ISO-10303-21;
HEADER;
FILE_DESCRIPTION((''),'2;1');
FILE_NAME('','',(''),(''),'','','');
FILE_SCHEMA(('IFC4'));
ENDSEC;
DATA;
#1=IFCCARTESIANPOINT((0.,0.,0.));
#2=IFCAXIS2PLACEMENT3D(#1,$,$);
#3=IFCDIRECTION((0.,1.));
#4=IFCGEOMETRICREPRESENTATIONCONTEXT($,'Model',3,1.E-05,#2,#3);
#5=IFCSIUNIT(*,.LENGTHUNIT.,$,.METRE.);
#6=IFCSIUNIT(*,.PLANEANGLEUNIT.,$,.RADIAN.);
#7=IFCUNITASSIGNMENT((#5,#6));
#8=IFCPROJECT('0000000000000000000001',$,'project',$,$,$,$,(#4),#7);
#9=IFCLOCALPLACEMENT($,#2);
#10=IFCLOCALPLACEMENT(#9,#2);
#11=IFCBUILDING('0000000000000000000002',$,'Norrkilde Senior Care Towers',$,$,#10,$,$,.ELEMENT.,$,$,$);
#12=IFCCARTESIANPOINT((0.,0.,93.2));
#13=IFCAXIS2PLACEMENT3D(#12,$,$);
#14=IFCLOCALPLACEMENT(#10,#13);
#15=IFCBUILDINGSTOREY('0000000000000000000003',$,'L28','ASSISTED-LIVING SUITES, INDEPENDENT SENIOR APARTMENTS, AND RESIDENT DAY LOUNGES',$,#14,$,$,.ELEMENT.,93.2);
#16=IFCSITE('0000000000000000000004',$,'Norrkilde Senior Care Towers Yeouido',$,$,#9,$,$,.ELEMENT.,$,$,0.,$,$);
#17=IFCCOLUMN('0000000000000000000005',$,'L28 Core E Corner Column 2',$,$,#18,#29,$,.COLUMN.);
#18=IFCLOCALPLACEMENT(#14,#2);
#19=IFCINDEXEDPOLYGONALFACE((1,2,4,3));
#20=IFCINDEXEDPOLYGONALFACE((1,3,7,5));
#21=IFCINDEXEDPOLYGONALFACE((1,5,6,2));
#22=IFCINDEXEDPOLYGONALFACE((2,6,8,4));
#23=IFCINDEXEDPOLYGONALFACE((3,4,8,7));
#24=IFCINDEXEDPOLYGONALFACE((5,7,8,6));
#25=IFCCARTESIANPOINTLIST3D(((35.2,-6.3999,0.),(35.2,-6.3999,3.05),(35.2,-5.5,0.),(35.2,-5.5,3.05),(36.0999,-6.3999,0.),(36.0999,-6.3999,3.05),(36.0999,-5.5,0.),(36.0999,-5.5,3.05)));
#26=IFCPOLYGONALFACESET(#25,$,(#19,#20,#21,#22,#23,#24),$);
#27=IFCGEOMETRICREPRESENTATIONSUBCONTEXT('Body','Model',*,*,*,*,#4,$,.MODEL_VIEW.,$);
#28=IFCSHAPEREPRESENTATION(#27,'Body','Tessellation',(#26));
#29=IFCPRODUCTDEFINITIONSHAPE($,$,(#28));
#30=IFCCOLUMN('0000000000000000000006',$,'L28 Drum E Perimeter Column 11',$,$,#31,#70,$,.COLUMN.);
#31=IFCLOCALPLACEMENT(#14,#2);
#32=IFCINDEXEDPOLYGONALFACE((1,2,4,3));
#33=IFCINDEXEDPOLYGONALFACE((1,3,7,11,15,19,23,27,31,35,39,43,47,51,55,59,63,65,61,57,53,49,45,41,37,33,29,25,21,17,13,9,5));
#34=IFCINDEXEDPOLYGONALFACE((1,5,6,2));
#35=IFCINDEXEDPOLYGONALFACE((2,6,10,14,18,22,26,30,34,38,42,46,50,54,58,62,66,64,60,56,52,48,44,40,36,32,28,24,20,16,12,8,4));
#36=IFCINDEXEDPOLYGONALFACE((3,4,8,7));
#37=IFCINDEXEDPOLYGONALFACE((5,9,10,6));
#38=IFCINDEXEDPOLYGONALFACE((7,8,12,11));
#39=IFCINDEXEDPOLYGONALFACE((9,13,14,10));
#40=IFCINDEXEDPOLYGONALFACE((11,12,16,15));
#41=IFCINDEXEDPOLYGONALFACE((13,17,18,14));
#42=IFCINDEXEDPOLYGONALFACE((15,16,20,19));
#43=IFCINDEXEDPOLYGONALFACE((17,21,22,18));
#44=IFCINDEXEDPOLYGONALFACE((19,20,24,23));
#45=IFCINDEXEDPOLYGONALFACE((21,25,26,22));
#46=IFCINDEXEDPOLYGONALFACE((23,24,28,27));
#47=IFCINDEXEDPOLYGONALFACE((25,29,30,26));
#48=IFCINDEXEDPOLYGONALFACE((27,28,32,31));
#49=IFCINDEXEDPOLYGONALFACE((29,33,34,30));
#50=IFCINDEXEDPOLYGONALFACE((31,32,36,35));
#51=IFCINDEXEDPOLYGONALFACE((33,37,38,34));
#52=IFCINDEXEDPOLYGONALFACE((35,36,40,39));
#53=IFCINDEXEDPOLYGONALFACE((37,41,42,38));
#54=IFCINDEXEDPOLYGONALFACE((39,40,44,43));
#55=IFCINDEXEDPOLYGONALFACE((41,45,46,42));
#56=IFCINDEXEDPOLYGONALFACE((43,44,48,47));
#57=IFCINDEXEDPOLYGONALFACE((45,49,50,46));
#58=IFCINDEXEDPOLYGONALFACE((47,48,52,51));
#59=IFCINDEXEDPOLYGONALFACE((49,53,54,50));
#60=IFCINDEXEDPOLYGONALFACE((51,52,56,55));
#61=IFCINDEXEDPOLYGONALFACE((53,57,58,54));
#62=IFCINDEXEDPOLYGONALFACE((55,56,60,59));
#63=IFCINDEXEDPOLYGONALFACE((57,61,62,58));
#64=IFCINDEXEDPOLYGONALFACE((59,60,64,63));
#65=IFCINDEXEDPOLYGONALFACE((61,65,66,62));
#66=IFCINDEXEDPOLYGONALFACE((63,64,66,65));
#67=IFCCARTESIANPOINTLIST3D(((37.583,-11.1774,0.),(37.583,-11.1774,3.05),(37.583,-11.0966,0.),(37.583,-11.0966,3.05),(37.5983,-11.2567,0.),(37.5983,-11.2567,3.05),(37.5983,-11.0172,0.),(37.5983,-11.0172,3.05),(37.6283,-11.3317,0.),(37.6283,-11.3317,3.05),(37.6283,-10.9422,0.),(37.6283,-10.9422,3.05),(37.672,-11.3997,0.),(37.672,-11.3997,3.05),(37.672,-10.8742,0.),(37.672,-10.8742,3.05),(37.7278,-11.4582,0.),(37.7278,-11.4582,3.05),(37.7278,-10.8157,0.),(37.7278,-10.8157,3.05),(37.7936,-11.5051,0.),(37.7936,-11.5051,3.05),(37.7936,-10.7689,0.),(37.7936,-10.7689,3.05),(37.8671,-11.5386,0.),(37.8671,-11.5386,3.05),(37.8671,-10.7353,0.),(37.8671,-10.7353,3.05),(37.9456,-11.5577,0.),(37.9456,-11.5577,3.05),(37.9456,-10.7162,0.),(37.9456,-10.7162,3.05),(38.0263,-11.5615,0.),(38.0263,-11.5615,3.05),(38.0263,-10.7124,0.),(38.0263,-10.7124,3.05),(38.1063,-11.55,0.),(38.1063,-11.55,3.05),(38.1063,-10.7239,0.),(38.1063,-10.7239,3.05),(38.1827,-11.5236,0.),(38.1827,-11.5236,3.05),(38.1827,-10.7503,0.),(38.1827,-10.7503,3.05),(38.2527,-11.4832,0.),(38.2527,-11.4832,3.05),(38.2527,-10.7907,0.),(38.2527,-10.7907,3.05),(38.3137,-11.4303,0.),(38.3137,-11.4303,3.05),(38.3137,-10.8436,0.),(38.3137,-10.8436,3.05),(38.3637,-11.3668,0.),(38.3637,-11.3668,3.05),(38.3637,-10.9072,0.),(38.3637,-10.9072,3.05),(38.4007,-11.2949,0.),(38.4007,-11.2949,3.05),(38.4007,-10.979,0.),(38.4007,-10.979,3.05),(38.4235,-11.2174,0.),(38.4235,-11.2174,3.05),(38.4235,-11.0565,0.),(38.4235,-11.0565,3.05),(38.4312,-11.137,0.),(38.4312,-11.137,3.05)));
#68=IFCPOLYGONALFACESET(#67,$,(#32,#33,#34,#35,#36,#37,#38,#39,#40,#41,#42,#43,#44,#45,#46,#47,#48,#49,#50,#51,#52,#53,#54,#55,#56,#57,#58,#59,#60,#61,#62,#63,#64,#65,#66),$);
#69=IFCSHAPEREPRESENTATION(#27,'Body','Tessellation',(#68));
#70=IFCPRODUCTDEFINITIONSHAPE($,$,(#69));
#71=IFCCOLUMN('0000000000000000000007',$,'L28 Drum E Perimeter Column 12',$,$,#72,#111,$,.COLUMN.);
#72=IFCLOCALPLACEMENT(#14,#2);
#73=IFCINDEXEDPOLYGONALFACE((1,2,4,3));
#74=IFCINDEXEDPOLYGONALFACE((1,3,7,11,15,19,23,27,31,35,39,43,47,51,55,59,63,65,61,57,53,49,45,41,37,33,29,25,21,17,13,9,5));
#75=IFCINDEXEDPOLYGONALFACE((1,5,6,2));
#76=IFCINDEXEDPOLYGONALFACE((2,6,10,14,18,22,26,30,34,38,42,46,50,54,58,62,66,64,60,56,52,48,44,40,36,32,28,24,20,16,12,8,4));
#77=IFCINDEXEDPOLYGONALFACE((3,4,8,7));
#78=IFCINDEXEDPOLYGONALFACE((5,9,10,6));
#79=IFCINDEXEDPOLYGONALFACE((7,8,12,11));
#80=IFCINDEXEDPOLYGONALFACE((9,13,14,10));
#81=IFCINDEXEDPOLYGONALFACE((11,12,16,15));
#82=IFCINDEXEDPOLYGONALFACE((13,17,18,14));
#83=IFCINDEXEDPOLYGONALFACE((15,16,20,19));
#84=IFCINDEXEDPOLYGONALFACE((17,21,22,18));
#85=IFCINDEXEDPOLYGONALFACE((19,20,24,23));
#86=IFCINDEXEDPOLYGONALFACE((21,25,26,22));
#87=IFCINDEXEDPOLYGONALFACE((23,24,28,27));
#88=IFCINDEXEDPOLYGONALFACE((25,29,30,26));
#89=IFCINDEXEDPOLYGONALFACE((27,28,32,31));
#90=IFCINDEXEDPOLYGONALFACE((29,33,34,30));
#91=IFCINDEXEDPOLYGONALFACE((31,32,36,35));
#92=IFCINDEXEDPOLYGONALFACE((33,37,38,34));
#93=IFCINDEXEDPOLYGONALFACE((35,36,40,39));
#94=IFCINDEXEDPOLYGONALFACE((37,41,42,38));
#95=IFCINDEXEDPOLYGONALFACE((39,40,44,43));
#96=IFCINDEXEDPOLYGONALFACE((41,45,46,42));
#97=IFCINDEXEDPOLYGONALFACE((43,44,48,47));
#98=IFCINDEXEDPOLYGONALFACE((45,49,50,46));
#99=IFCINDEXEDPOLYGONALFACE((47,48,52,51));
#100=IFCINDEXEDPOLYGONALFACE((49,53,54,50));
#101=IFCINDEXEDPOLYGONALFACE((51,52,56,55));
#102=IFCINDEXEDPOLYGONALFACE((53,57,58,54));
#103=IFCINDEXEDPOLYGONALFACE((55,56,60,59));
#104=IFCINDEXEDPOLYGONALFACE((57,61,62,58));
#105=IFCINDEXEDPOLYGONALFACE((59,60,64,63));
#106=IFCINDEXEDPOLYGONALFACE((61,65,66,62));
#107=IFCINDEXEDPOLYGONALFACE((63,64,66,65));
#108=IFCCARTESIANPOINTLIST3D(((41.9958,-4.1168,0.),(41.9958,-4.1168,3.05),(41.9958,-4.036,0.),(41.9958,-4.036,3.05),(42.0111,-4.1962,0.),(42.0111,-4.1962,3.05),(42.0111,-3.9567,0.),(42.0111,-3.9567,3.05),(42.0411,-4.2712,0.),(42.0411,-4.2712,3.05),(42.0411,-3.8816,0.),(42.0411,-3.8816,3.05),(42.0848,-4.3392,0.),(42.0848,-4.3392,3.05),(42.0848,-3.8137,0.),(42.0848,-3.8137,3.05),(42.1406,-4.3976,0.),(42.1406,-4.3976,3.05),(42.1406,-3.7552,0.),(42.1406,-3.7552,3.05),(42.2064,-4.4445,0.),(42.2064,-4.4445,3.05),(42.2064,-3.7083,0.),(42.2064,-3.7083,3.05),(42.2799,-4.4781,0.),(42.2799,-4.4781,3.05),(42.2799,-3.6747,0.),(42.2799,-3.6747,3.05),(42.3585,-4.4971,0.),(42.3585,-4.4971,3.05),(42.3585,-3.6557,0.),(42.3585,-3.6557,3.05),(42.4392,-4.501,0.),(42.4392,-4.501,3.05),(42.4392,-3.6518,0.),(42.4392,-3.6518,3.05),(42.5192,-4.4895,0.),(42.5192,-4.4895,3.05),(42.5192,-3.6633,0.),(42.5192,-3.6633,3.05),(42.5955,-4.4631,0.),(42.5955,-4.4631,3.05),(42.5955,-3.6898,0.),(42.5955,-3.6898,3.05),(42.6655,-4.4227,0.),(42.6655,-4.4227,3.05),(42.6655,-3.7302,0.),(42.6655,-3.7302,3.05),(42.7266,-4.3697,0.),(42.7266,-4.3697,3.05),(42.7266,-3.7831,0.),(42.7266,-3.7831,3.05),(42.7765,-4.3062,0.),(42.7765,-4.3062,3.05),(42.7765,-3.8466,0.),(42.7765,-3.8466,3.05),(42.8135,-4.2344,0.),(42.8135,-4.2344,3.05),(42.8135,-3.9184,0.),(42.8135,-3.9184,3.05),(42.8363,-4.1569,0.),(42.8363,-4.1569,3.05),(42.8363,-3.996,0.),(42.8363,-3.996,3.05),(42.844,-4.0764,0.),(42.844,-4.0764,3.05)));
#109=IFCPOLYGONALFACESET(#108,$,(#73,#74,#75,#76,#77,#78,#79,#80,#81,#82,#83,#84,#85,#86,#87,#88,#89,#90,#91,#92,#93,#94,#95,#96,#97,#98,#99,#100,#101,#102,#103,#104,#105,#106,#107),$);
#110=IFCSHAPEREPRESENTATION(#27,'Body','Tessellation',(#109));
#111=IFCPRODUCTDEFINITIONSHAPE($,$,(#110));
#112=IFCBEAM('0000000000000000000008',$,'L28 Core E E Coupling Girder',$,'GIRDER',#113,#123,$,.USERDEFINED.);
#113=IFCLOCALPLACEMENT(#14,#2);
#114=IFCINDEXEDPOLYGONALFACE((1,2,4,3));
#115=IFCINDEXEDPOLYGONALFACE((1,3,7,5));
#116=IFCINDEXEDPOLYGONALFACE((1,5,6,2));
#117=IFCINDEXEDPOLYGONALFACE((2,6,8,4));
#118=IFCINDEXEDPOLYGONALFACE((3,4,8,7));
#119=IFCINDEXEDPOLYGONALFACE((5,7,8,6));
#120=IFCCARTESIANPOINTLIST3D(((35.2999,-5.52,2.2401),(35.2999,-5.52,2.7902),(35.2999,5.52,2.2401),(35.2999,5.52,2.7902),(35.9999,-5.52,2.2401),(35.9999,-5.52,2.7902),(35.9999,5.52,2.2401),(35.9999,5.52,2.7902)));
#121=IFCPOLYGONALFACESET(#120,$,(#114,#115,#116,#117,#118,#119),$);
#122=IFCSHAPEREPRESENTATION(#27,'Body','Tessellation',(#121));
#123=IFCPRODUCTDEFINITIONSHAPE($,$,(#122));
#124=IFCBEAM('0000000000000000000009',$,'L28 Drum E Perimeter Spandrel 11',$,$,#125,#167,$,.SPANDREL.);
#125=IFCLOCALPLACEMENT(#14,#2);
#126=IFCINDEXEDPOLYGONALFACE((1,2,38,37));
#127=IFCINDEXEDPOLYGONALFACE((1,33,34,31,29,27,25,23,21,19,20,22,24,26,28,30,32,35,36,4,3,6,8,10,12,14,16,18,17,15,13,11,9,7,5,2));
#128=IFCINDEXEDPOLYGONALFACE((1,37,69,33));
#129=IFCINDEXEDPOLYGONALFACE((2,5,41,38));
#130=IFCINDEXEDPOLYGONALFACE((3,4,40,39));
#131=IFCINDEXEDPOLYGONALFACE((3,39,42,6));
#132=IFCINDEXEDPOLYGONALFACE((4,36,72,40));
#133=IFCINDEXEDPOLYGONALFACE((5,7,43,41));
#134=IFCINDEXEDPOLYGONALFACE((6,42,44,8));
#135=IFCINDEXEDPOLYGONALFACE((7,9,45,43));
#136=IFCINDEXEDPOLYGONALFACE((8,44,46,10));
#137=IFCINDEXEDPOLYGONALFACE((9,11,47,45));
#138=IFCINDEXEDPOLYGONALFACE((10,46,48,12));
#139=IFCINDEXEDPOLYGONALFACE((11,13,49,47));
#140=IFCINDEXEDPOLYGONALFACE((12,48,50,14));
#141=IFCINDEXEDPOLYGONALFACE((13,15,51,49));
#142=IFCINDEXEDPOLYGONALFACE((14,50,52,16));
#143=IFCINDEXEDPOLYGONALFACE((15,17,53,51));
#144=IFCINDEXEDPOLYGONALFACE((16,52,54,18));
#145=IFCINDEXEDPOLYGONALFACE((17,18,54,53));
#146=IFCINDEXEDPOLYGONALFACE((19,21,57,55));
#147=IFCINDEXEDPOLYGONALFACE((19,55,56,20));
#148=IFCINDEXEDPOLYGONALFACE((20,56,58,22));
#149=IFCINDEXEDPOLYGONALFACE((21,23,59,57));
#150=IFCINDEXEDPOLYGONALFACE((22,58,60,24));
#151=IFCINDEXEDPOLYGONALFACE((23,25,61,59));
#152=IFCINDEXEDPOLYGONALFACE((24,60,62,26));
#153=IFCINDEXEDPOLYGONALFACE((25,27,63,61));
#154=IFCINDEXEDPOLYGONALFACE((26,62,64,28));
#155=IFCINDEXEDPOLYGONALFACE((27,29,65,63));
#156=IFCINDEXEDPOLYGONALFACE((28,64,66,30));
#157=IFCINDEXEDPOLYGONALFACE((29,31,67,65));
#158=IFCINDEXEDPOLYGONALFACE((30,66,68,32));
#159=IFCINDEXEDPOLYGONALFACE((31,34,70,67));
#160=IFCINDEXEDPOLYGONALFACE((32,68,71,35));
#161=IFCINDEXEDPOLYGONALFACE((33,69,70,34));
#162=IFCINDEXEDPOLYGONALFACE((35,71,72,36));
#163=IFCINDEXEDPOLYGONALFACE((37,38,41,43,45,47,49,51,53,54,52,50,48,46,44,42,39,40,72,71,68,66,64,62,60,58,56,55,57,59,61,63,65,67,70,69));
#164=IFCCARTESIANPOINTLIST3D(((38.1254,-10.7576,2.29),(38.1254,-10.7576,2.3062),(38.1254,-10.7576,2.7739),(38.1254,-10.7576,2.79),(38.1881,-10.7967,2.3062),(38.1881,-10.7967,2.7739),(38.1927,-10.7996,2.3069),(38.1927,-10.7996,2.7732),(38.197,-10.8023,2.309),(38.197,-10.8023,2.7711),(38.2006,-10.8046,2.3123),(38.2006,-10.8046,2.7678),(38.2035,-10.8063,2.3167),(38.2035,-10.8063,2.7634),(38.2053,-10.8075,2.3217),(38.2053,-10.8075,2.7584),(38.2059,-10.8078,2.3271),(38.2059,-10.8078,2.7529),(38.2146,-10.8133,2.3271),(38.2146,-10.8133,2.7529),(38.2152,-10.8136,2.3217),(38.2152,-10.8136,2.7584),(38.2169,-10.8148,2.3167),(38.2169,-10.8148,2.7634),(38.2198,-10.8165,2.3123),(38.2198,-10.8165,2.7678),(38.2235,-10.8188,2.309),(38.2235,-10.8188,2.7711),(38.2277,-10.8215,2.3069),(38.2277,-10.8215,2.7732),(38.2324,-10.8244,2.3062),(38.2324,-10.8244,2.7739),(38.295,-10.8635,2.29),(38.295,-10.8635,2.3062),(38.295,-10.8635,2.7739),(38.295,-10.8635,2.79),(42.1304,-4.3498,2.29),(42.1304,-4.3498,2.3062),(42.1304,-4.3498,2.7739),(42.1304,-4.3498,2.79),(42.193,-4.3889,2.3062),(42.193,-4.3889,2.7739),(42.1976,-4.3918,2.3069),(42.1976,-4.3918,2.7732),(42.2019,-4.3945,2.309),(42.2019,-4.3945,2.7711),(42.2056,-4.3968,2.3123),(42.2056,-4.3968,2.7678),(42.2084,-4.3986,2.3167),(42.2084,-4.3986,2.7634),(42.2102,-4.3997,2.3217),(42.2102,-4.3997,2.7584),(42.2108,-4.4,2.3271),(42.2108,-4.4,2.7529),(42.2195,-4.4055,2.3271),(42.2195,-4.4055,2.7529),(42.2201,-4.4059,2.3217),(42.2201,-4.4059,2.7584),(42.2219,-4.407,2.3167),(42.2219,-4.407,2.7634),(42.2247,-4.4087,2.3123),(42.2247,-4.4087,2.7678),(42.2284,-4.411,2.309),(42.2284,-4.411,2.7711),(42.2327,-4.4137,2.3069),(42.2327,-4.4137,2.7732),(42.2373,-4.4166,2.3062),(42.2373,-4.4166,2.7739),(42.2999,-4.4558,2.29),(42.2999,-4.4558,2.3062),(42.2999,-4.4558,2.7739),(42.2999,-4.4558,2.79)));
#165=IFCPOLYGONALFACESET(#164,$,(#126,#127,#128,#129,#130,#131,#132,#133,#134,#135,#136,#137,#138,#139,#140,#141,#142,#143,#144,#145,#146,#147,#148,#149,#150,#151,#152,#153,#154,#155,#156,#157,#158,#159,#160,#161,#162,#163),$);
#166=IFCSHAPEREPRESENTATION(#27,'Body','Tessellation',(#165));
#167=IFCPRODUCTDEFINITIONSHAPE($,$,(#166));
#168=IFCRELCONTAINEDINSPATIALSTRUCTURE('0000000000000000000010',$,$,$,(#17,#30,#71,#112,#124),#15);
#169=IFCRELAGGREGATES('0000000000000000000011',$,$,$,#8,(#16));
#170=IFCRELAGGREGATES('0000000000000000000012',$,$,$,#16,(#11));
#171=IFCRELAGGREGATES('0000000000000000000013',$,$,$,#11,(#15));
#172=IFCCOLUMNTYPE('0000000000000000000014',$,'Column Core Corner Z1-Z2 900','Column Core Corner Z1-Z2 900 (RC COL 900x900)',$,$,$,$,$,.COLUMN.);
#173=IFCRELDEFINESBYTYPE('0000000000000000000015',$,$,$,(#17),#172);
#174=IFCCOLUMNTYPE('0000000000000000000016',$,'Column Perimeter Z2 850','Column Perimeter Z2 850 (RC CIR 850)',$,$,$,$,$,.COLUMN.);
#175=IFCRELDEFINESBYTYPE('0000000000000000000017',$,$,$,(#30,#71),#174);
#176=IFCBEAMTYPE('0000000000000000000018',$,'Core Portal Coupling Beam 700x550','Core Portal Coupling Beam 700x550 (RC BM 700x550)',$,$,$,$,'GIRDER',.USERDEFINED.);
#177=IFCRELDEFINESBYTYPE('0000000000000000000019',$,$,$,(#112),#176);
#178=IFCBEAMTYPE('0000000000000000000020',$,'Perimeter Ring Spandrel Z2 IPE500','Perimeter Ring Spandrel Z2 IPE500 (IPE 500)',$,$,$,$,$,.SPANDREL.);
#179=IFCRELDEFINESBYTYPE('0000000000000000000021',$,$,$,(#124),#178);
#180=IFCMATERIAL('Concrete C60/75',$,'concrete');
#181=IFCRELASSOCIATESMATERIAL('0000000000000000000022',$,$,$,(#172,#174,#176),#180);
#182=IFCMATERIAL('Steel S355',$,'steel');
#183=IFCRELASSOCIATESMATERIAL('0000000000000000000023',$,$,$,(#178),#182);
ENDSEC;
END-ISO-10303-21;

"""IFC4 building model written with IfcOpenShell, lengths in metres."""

from ifc_helpers import new_model, si_unit, direction, frame, origin, origin_2d, place, context, subcontext, project, spatial, rectangle, circle, i_section, extrude, source, transform, mapped, material, material_profile, profile_set, type_object, type_shapes, element, save


model = new_model("IFC4")

# Units and contexts
model_context = context("Model", 3, precision=1e-05, world=origin(), true_north=direction((0.0, 1.0)))
body_context = subcontext(model_context, "Body", "Model", "MODEL_VIEW")
ifc_project = project(units=[si_unit("LENGTHUNIT", "METRE"), si_unit("PLANEANGLEUNIT", "RADIAN")], contexts=[model_context])

# Site, building, storey
site_placement = place(None, origin())
site = spatial("IfcSite", under=ifc_project, at=site_placement, Name="Norrkilde Senior Care Towers Yeouido", CompositionType="ELEMENT", RefElevation=0.0)
building_placement = place(site_placement, origin())
building = spatial("IfcBuilding", under=site, at=building_placement, Name="Norrkilde Senior Care Towers", CompositionType="ELEMENT")
storey_placement = place(building_placement, frame((0.0, 0.0, 93.2)))
storey = spatial("IfcBuildingStorey", under=building, at=storey_placement, Name="L28", Description="ASSISTED-LIVING SUITES, INDEPENDENT SENIOR APARTMENTS, AND RESIDENT DAY LOUNGES", CompositionType="ELEMENT", Elevation=93.2)

# Columns
ifc_material_1 = material(Name="Concrete C60/75", Category="concrete")
ifc_material_profile_1 = material_profile(ifc_material_1, rectangle(XDim=0.8999, YDim=0.8999, at=origin_2d()), Name="RC COL 900x900")
ifc_profile_set_1 = profile_set([ifc_material_profile_1], Name="Concrete C60/75")
column_type_1 = type_object("IfcColumnType", Name="Column Core Corner Z1-Z2 900", Description="Column Core Corner Z1-Z2 900 (RC COL 900x900)", PredefinedType="COLUMN", material=ifc_profile_set_1)
shared_shape_1 = source(origin(), body_context, "Body", "SweptSolid", [
    extrude(rectangle(XDim=0.8999, YDim=0.8999, at=origin_2d()), origin(), (0.0, 0.0, 1.0), 3.05),
])
type_shapes(column_type_1, [shared_shape_1])
column_placement = place(storey_placement, frame((35.6499, -5.95, 0.0), z_axis=(0.0, 0.0, 1.0), x_axis=(1.0, 0.0, 0.0)))
element("IfcColumn", 1, at=column_placement, inside=storey, type_object=column_type_1, Name="L28 Core E Corner Column 2", PredefinedType="COLUMN", context=body_context, shape_type="MappedRepresentation", body=[
    mapped(shared_shape_1, transform((0.0, 0.0, 0.0), x_axis=(1.0, 0.0, 0.0), y_axis=(0.0, 1.0, 0.0), z_axis=(0.0, 0.0, 1.0), scale=1.0)),
])
ifc_material_profile_2 = material_profile(ifc_material_1, circle(Radius=0.425, at=origin_2d()), Name="RC CIR 850")
ifc_profile_set_2 = profile_set([ifc_material_profile_2], Name="Concrete C60/75")
column_type_2 = type_object("IfcColumnType", Name="Column Perimeter Z2 850", Description="Column Perimeter Z2 850 (RC CIR 850)", PredefinedType="COLUMN", material=ifc_profile_set_2)
shared_shape_2 = source(origin(), body_context, "Body", "SweptSolid", [
    extrude(circle(Radius=0.425, at=origin_2d()), origin(), (0.0, 0.0, 1.0), 3.05),
])
type_shapes(column_type_2, [shared_shape_2])
for number, where, z_axis, x_axis, name in (
    (2, (38.0061, -11.137, 0.0), (0.0, 0.0, 1.0), (1.0, 0.0, 0.0), "L28 Drum E Perimeter Column 11"),
    (3, (42.4189, -4.0764, 0.0), (0.0, 0.0, 1.0), (1.0, 0.0, 0.0), "L28 Drum E Perimeter Column 12"),
):
    element("IfcColumn", number, at=place(storey_placement, frame(where, z_axis=z_axis, x_axis=x_axis)), inside=storey, type_object=column_type_2, Name=name, PredefinedType="COLUMN", context=body_context, shape_type="MappedRepresentation", body=[
        mapped(shared_shape_2, transform((0.0, 0.0, 0.0), x_axis=(1.0, 0.0, 0.0), y_axis=(0.0, 1.0, 0.0), z_axis=(0.0, 0.0, 1.0), scale=1.0)),
    ])

# Beams
ifc_material_profile_3 = material_profile(ifc_material_1, rectangle(XDim=0.7, YDim=0.55, at=origin_2d()), Name="RC BM 700x550")
ifc_profile_set_3 = profile_set([ifc_material_profile_3], Name="Concrete C60/75")
beam_type_1 = type_object("IfcBeamType", Name="Core Portal Coupling Beam 700x550", Description="Core Portal Coupling Beam 700x550 (RC BM 700x550)", ElementType="GIRDER", PredefinedType="USERDEFINED", material=ifc_profile_set_3)
shared_shape_3 = source(origin(), body_context, "Body", "SweptSolid", [
    extrude(rectangle(XDim=0.7, YDim=0.55, at=origin_2d()), origin(), (0.0, 0.0, 1.0), 11.04),
])
type_shapes(beam_type_1, [shared_shape_3])
beam_1_placement = place(storey_placement, frame((35.6499, -5.52, 2.5151), z_axis=(0.0, 1.0, 0.0), x_axis=(-1.0, 0.0, 0.0)))
element("IfcBeam", 4, at=beam_1_placement, inside=storey, type_object=beam_type_1, Name="L28 Core E E Coupling Girder", ObjectType="GIRDER", PredefinedType="USERDEFINED", context=body_context, shape_type="MappedRepresentation", body=[
    mapped(shared_shape_3, transform((0.0, 0.0, 0.0), x_axis=(1.0, 0.0, 0.0), y_axis=(0.0, 1.0, 0.0), z_axis=(0.0, 0.0, 1.0), scale=1.0)),
])
ifc_material_2 = material(Name="Steel S355", Category="steel")
ifc_material_profile_4 = material_profile(ifc_material_2, i_section(OverallWidth=0.2, OverallDepth=0.5, WebThickness=0.0103, FlangeThickness=0.0161, FilletRadius=0.021, at=origin_2d()), Name="IPE 500")
ifc_profile_set_4 = profile_set([ifc_material_profile_4], Name="Steel S355")
beam_type_2 = type_object("IfcBeamType", Name="Perimeter Ring Spandrel Z2 IPE500", Description="Perimeter Ring Spandrel Z2 IPE500 (IPE 500)", PredefinedType="SPANDREL", material=ifc_profile_set_4)
shared_shape_4 = source(origin(), body_context, "Body", "SweptSolid", [
    extrude(i_section(OverallWidth=0.2, OverallDepth=0.5, WebThickness=0.0103, FlangeThickness=0.0161, FilletRadius=0.021, at=origin_2d()), origin(), (0.0, 0.0, 1.0), 7.5564),
])
beam_2_placement = place(storey_placement, frame((38.2102, -10.8105, 2.54), z_axis=(0.530005, 0.847995, 0.0), x_axis=(-0.847995, 0.530005, 0.0)))
element("IfcBeam", 5, at=beam_2_placement, inside=storey, type_object=beam_type_2, Name="L28 Drum E Perimeter Spandrel 11", PredefinedType="SPANDREL", context=body_context, shape_type="MappedRepresentation", body=[
    mapped(shared_shape_4, transform((0.0, 0.0, 0.0), x_axis=(1.0, 0.0, 0.0), y_axis=(0.0, 1.0, 0.0), z_axis=(0.0, 0.0, 1.0), scale=1.0)),
])

save(model, "model.ifc")
